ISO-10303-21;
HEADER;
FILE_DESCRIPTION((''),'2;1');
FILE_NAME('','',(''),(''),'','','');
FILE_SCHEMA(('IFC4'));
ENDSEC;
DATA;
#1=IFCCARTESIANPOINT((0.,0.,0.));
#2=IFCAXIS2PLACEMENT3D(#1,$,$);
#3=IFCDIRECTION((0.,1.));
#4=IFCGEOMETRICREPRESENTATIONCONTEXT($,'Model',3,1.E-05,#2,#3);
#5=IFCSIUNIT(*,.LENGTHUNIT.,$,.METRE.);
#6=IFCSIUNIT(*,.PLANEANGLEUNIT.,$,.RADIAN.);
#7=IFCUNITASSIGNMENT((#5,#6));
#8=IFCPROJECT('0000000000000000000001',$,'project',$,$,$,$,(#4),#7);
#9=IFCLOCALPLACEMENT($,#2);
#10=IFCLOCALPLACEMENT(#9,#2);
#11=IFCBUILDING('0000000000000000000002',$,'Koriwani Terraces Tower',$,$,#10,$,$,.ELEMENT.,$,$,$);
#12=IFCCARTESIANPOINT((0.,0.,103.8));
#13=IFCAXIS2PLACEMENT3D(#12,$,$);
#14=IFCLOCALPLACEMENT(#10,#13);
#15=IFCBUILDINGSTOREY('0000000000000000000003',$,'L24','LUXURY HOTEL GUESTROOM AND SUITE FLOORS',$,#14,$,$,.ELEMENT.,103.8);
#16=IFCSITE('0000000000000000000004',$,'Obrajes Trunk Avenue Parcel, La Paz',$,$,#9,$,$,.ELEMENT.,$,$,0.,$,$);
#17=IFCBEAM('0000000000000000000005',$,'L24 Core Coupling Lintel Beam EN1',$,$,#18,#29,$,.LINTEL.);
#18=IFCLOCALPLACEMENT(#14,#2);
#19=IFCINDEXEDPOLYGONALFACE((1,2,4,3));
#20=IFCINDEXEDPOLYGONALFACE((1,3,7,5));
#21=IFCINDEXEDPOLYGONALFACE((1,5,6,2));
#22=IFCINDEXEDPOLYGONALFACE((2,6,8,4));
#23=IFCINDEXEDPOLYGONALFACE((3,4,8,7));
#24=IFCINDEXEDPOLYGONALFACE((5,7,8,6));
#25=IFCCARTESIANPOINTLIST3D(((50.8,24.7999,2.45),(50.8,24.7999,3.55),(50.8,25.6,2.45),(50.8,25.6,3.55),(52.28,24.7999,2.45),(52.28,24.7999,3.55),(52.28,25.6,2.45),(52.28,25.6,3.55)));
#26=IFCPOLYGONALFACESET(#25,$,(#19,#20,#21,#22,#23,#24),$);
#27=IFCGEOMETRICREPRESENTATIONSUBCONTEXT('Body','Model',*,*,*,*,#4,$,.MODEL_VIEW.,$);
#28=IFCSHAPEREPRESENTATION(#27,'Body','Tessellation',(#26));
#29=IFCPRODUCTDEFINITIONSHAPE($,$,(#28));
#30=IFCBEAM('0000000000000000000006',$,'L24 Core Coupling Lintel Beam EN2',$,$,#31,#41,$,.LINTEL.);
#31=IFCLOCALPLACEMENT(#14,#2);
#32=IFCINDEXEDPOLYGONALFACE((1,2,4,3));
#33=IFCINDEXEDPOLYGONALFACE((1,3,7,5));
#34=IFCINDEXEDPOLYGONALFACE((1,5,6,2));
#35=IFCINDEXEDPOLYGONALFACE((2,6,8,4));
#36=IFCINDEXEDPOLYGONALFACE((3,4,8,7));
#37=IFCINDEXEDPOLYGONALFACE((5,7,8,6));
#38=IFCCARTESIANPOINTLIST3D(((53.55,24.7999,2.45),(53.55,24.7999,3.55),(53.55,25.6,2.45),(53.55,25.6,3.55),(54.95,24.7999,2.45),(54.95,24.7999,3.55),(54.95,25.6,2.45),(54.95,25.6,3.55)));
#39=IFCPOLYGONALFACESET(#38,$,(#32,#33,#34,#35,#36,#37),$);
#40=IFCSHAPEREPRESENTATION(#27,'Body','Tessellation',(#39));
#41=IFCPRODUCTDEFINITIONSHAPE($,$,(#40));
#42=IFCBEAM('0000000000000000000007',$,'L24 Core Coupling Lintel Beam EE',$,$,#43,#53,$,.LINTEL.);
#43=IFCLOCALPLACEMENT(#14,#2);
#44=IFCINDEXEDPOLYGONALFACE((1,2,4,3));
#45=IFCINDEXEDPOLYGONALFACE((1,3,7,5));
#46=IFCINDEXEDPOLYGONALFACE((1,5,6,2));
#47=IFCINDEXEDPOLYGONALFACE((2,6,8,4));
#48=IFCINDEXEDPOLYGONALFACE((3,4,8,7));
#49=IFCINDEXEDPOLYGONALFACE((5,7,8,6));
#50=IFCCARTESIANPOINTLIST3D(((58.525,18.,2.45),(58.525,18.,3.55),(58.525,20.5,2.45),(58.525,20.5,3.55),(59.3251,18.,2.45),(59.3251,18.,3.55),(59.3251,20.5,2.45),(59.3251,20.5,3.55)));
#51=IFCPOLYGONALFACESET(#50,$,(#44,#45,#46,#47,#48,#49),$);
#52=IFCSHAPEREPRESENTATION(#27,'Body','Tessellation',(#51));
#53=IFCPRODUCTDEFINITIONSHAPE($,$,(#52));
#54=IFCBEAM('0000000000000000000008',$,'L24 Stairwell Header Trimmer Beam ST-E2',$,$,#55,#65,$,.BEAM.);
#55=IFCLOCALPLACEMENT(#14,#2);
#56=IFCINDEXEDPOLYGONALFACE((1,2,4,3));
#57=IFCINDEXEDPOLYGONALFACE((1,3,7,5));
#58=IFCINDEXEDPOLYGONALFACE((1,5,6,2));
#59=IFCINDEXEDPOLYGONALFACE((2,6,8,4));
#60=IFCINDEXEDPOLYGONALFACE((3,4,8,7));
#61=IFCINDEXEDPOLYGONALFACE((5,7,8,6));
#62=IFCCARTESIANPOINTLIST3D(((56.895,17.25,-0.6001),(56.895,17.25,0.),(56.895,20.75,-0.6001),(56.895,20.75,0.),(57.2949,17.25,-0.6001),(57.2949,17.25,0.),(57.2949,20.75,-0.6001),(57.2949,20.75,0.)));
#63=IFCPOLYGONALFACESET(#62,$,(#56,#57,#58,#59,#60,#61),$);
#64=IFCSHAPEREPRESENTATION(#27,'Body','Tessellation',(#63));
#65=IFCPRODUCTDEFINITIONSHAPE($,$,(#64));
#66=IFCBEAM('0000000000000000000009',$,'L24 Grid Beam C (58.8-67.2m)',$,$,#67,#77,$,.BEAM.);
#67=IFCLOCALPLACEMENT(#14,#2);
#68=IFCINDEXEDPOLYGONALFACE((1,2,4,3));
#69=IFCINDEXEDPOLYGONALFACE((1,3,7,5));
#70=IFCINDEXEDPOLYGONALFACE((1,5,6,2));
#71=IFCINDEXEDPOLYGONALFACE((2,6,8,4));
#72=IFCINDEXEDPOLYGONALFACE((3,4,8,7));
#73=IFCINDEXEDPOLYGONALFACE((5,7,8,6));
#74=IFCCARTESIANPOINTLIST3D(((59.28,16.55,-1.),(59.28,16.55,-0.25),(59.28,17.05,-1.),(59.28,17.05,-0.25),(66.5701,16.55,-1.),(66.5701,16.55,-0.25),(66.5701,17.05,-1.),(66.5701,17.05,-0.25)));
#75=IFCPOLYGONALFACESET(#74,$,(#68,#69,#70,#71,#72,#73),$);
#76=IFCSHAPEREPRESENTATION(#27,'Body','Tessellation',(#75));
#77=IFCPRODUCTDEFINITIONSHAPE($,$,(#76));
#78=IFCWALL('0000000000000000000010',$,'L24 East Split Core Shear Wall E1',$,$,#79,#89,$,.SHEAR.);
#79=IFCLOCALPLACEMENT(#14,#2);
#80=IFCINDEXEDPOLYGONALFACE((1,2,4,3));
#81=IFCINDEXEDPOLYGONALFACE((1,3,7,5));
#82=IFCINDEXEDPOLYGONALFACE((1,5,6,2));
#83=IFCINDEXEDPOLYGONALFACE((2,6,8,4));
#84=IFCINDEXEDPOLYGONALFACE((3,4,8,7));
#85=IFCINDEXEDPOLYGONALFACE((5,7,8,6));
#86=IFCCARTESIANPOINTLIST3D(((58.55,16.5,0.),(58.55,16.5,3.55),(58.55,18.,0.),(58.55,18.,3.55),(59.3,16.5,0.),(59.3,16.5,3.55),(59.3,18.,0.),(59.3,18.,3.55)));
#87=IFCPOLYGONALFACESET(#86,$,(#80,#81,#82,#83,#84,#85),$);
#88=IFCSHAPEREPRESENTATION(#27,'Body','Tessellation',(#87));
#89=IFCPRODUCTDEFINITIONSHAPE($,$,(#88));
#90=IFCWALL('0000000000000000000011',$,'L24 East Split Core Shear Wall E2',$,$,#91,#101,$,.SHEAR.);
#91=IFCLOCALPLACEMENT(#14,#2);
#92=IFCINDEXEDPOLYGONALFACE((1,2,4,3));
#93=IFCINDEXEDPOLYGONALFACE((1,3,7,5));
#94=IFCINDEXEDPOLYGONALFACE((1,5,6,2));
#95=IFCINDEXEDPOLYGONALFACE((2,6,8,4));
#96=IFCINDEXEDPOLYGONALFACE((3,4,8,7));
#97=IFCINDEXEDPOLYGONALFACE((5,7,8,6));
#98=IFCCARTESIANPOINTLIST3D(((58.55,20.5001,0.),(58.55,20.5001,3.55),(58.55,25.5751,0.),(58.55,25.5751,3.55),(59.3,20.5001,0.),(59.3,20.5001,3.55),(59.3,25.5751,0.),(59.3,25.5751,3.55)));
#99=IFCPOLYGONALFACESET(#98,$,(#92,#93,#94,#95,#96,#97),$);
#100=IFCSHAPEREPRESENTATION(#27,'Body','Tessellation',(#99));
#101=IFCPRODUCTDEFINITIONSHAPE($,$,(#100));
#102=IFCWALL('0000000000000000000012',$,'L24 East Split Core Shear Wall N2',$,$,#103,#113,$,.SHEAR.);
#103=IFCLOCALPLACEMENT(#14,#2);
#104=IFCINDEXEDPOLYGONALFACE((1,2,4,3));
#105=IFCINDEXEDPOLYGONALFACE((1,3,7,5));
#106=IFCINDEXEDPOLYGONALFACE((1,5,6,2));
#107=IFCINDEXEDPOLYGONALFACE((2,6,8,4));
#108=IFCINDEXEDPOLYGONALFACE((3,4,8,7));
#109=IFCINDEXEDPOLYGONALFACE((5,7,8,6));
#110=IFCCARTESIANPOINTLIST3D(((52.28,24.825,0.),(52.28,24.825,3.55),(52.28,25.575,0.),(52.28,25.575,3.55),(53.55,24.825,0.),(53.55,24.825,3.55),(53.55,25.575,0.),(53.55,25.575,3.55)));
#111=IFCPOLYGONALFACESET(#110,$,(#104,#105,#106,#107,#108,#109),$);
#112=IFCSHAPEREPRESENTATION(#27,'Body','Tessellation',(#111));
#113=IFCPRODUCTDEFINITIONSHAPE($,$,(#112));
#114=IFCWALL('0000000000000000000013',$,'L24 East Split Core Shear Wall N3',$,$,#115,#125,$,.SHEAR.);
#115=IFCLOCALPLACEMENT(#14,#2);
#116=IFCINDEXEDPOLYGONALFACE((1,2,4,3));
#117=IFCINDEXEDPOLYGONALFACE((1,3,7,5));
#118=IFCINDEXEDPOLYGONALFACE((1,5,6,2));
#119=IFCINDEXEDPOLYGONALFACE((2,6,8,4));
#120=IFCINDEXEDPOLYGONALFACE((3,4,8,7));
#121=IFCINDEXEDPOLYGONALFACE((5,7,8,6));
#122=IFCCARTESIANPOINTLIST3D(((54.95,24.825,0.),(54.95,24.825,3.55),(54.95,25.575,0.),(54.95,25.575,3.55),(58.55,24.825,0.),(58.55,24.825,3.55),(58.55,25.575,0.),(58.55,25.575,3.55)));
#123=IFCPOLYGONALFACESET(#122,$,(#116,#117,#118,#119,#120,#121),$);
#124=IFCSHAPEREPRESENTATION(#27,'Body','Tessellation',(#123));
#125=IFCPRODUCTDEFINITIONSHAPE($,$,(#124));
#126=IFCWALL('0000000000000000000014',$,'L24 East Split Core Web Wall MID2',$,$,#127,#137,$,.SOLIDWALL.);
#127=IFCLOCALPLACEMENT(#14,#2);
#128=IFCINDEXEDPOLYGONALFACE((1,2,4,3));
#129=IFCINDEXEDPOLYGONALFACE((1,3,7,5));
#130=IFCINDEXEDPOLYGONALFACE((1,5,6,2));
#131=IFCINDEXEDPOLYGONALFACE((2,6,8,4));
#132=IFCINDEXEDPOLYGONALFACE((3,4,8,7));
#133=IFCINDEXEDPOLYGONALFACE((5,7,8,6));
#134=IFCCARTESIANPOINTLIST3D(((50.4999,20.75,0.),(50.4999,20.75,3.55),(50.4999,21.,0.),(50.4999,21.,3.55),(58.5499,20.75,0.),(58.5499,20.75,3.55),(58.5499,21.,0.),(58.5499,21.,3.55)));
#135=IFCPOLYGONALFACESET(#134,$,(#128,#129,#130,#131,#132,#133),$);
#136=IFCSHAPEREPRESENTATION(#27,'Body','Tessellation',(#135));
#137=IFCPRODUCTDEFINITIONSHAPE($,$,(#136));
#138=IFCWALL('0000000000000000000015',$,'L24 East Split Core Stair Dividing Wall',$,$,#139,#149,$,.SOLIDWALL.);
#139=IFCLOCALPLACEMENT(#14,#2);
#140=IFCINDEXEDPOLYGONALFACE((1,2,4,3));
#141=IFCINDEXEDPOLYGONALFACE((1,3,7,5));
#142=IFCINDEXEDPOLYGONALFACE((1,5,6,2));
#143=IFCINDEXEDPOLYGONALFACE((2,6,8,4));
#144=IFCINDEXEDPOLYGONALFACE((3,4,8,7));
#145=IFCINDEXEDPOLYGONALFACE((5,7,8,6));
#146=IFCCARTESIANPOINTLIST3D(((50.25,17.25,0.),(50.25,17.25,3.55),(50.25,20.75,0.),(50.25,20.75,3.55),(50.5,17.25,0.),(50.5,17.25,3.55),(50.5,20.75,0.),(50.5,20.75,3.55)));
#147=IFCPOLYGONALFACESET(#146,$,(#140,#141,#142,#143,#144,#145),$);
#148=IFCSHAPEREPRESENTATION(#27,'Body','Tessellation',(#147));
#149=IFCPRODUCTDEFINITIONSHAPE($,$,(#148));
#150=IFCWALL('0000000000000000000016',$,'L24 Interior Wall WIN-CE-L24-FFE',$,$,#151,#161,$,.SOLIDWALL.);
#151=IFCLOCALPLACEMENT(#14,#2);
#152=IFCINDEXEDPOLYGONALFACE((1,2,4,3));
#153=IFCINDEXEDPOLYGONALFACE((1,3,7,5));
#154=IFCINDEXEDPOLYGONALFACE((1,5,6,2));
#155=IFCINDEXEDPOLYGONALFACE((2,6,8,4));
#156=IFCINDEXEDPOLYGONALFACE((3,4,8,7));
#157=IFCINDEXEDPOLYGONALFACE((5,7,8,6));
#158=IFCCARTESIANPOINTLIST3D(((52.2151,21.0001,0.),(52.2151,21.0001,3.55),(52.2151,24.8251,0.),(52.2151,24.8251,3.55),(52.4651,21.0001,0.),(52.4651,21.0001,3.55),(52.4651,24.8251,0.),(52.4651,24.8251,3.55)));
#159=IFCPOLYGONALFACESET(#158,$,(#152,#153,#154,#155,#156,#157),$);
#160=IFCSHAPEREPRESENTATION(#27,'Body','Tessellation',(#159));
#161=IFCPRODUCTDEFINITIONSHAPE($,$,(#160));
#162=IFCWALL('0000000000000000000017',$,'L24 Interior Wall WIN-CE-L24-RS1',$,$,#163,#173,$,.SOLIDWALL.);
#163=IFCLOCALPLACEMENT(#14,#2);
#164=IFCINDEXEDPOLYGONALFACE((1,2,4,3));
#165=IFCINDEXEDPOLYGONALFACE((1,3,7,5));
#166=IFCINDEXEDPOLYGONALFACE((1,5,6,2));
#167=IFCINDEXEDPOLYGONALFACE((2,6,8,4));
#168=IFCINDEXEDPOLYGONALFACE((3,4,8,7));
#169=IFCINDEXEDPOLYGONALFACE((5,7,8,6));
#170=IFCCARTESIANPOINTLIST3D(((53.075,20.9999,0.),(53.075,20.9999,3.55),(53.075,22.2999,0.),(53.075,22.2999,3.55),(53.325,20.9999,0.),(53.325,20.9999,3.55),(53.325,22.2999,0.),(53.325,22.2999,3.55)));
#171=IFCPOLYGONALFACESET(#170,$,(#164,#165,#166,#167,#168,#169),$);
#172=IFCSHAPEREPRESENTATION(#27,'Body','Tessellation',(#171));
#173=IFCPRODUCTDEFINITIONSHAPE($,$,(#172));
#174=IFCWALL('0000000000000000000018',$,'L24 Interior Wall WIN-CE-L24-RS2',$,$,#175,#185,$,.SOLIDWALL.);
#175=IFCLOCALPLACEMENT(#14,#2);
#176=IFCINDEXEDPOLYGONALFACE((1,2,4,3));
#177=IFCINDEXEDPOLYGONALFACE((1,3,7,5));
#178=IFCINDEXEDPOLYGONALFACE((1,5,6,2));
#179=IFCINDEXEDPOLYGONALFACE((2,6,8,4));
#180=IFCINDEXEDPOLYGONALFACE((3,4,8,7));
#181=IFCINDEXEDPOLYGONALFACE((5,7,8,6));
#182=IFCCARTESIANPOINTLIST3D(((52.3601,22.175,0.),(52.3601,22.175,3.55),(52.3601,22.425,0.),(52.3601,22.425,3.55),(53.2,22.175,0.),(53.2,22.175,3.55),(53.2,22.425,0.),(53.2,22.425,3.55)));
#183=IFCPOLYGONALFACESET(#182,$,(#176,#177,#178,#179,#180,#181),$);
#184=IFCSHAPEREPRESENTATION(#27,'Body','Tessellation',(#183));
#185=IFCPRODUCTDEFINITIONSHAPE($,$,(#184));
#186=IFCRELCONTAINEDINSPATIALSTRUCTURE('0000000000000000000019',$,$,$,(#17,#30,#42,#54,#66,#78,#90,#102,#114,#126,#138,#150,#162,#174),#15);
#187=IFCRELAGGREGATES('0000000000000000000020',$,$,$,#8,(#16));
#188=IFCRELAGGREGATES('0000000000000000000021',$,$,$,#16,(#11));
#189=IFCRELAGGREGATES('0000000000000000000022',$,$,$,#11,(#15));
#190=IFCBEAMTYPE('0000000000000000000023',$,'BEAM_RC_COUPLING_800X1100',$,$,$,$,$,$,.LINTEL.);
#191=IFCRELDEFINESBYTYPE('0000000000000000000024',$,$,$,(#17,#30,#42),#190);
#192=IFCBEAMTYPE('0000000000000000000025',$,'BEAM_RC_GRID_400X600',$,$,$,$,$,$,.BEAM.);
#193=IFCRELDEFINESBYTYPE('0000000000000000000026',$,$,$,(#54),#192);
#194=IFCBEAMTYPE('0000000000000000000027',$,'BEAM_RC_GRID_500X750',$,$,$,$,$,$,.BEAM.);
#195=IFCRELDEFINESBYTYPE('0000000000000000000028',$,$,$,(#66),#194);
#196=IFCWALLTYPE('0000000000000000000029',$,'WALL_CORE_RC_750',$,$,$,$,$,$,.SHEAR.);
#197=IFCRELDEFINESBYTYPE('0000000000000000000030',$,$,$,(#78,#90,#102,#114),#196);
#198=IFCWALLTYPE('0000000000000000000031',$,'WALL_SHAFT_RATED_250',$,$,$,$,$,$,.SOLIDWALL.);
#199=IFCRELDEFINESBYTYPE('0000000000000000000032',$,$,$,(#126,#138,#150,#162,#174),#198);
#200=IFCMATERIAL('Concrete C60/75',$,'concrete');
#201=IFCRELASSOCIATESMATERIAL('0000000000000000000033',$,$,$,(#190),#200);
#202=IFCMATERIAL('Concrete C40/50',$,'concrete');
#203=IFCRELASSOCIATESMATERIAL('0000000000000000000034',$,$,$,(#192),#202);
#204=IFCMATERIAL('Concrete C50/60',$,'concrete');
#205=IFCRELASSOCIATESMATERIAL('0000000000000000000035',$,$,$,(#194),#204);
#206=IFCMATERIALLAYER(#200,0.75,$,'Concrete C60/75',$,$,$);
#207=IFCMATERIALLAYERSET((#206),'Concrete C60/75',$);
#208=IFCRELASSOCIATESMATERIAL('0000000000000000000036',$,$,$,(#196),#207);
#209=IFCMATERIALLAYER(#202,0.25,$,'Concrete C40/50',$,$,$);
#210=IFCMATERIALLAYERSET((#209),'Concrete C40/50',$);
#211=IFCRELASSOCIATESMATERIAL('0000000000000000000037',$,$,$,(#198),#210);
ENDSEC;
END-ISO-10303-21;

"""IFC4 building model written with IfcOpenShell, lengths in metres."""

from ifc_helpers import new_model, si_unit, direction, frame, frame_2d, origin, origin_2d, place, context, subcontext, project, spatial, rectangle, extrude, material, layer, layer_set, material_profile, profile_set, type_object, element, save


model = new_model("IFC4")

# Units and contexts
model_context = context("Model", 3, precision=1e-05, world=origin(), true_north=direction((0.0, 1.0)))
body_context = subcontext(model_context, "Body", "Model", "MODEL_VIEW")
ifc_project = project(units=[si_unit("LENGTHUNIT", "METRE"), si_unit("PLANEANGLEUNIT", "RADIAN")], contexts=[model_context])

# Site, building, storey
site_placement = place(None, origin())
site = spatial("IfcSite", under=ifc_project, at=site_placement, Name="Obrajes Trunk Avenue Parcel, La Paz", CompositionType="ELEMENT", RefElevation=0.0)
building_placement = place(site_placement, origin())
building = spatial("IfcBuilding", under=site, at=building_placement, Name="Koriwani Terraces Tower", CompositionType="ELEMENT")
storey_placement = place(building_placement, frame((0.0, 0.0, 103.8)))
storey = spatial("IfcBuildingStorey", under=building, at=storey_placement, Name="L24", Description="LUXURY HOTEL GUESTROOM AND SUITE FLOORS", CompositionType="ELEMENT", Elevation=103.8)

# Beams
ifc_material_1 = material(Name="Concrete C60/75", Category="concrete")
ifc_material_profile_1 = material_profile(ifc_material_1, rectangle(XDim=0.8, YDim=1.1001, at=origin_2d()), Name="Concrete C60/75", Category="LoadBearing")
ifc_profile_set_1 = profile_set([ifc_material_profile_1], Name="Concrete C60/75")
beam_type_1 = type_object("IfcBeamType", Name="BEAM_RC_COUPLING_800X1100", PredefinedType="LINTEL", material=ifc_profile_set_1)
beam_1_placement = place(storey_placement, frame((50.8, 25.2, 3.0), z_axis=(1.0, 0.0, 0.0), x_axis=(0.0, 1.0, 0.0)))
element("IfcBeam", 1, at=beam_1_placement, inside=storey, type_object=beam_type_1, Name="L24 Core Coupling Lintel Beam EN1", PredefinedType="LINTEL", context=body_context, shape_type="SweptSolid", body=[
    extrude(rectangle(XDim=0.8, YDim=1.1001, at=origin_2d()), origin(), (0.0, 0.0, 1.0), 1.48),
])
beam_2_placement = place(storey_placement, frame((53.55, 25.2, 3.0), z_axis=(1.0, 0.0, 0.0), x_axis=(0.0, 1.0, 0.0)))
element("IfcBeam", 2, at=beam_2_placement, inside=storey, type_object=beam_type_1, Name="L24 Core Coupling Lintel Beam EN2", PredefinedType="LINTEL", context=body_context, shape_type="SweptSolid", body=[
    extrude(rectangle(XDim=0.8, YDim=1.1001, at=origin_2d()), origin(), (0.0, 0.0, 1.0), 1.3999),
])
beam_3_placement = place(storey_placement, frame((58.925, 18.0, 3.0), z_axis=(0.0, 1.0, 0.0), x_axis=(-1.0, 0.0, 0.0)))
element("IfcBeam", 3, at=beam_3_placement, inside=storey, type_object=beam_type_1, Name="L24 Core Coupling Lintel Beam EE", PredefinedType="LINTEL", context=body_context, shape_type="SweptSolid", body=[
    extrude(rectangle(XDim=0.8, YDim=1.1001, at=origin_2d()), origin(), (0.0, 0.0, 1.0), 2.5),
])
ifc_material_2 = material(Name="Concrete C40/50", Category="concrete")
ifc_material_profile_2 = material_profile(ifc_material_2, rectangle(XDim=0.3999, YDim=0.6001, at=origin_2d()), Name="Concrete C40/50", Category="LoadBearing")
ifc_profile_set_2 = profile_set([ifc_material_profile_2], Name="Concrete C40/50")
beam_type_2 = type_object("IfcBeamType", Name="BEAM_RC_GRID_400X600", PredefinedType="BEAM", material=ifc_profile_set_2)
beam_4_placement = place(storey_placement, frame((57.095, 17.25, -0.3), z_axis=(0.0, 1.0, 0.0), x_axis=(-1.0, 0.0, 0.0)))
element("IfcBeam", 4, at=beam_4_placement, inside=storey, type_object=beam_type_2, Name="L24 Stairwell Header Trimmer Beam ST-E2", PredefinedType="BEAM", context=body_context, shape_type="SweptSolid", body=[
    extrude(rectangle(XDim=0.3999, YDim=0.6001, at=origin_2d()), origin(), (0.0, 0.0, 1.0), 3.5),
])
ifc_material_3 = material(Name="Concrete C50/60", Category="concrete")
ifc_material_profile_3 = material_profile(ifc_material_3, rectangle(XDim=0.5, YDim=0.75, at=origin_2d()), Name="Concrete C50/60", Category="LoadBearing")
ifc_profile_set_3 = profile_set([ifc_material_profile_3], Name="Concrete C50/60")
beam_type_3 = type_object("IfcBeamType", Name="BEAM_RC_GRID_500X750", PredefinedType="BEAM", material=ifc_profile_set_3)
beam_5_placement = place(storey_placement, frame((59.28, 16.8, -0.625), z_axis=(1.0, 0.0, 0.0), x_axis=(0.0, 1.0, 0.0)))
element("IfcBeam", 5, at=beam_5_placement, inside=storey, type_object=beam_type_3, Name="L24 Grid Beam C (58.8-67.2m)", PredefinedType="BEAM", context=body_context, shape_type="SweptSolid", body=[
    extrude(rectangle(XDim=0.5, YDim=0.75, at=origin_2d()), origin(), (0.0, 0.0, 1.0), 7.29),
])

# Walls
ifc_layer_1 = layer(ifc_material_1, 0.75, Name="Concrete C60/75")
ifc_layer_set_1 = layer_set([ifc_layer_1], Name="Concrete C60/75")
wall_type_1 = type_object("IfcWallType", Name="WALL_CORE_RC_750", PredefinedType="SHEAR", material=ifc_layer_set_1)
wall_1_placement = place(storey_placement, frame((58.925, 16.5, 0.0), z_axis=(0.0, 0.0, 1.0), x_axis=(0.0, 1.0, 0.0)))
element("IfcWall", 6, at=wall_1_placement, inside=storey, type_object=wall_type_1, Name="L24 East Split Core Shear Wall E1", PredefinedType="SHEAR", context=body_context, shape_type="SweptSolid", body=[
    extrude(rectangle(XDim=1.5, YDim=0.75, at=frame_2d((0.75, 0.0))), origin(), (0.0, 0.0, 1.0), 3.55),
])
wall_2_placement = place(storey_placement, frame((58.925, 20.5, 0.0), z_axis=(0.0, 0.0, 1.0), x_axis=(0.0, 1.0, 0.0)))
element("IfcWall", 7, at=wall_2_placement, inside=storey, type_object=wall_type_1, Name="L24 East Split Core Shear Wall E2", PredefinedType="SHEAR", context=body_context, shape_type="SweptSolid", body=[
    extrude(rectangle(XDim=5.075, YDim=0.75, at=frame_2d((2.5376, 0.0))), origin(), (0.0, 0.0, 1.0), 3.55),
])
wall_3_placement = place(storey_placement, frame((52.28, 25.2, 0.0), z_axis=(0.0, 0.0, 1.0), x_axis=(1.0, 0.0, 0.0)))
element("IfcWall", 8, at=wall_3_placement, inside=storey, type_object=wall_type_1, Name="L24 East Split Core Shear Wall N2", PredefinedType="SHEAR", context=body_context, shape_type="SweptSolid", body=[
    extrude(rectangle(XDim=1.27, YDim=0.75, at=frame_2d((0.635, 0.0))), origin(), (0.0, 0.0, 1.0), 3.55),
])
wall_4_placement = place(storey_placement, frame((54.95, 25.2, 0.0), z_axis=(0.0, 0.0, 1.0), x_axis=(1.0, 0.0, 0.0)))
element("IfcWall", 9, at=wall_4_placement, inside=storey, type_object=wall_type_1, Name="L24 East Split Core Shear Wall N3", PredefinedType="SHEAR", context=body_context, shape_type="SweptSolid", body=[
    extrude(rectangle(XDim=3.6001, YDim=0.75, at=frame_2d((1.8, 0.0))), origin(), (0.0, 0.0, 1.0), 3.55),
])
ifc_layer_2 = layer(ifc_material_2, 0.25, Name="Concrete C40/50")
ifc_layer_set_2 = layer_set([ifc_layer_2], Name="Concrete C40/50")
wall_type_2 = type_object("IfcWallType", Name="WALL_SHAFT_RATED_250", PredefinedType="SOLIDWALL", material=ifc_layer_set_2)
wall_5_placement = place(storey_placement, frame((50.5, 20.875, 0.0), z_axis=(0.0, 0.0, 1.0), x_axis=(1.0, 0.0, 0.0)))
element("IfcWall", 10, at=wall_5_placement, inside=storey, type_object=wall_type_2, Name="L24 East Split Core Web Wall MID2", PredefinedType="SOLIDWALL", context=body_context, shape_type="SweptSolid", body=[
    extrude(rectangle(XDim=8.05, YDim=0.25, at=frame_2d((4.0249, 0.0))), origin(), (0.0, 0.0, 1.0), 3.55),
])
wall_6_placement = place(storey_placement, frame((50.375, 17.25, 0.0), z_axis=(0.0, 0.0, 1.0), x_axis=(0.0, 1.0, 0.0)))
element("IfcWall", 11, at=wall_6_placement, inside=storey, type_object=wall_type_2, Name="L24 East Split Core Stair Dividing Wall", PredefinedType="SOLIDWALL", context=body_context, shape_type="SweptSolid", body=[
    extrude(rectangle(XDim=3.5, YDim=0.25, at=frame_2d((1.75, 0.0))), origin(), (0.0, 0.0, 1.0), 3.55),
])

# Wall
wall_7_placement = place(storey_placement, frame((52.3401, 21.0, 0.0), z_axis=(0.0, 0.0, 1.0), x_axis=(0.0, 1.0, 0.0)))
element("IfcWall", 12, at=wall_7_placement, inside=storey, type_object=wall_type_2, Name="L24 Interior Wall WIN-CE-L24-FFE", PredefinedType="SOLIDWALL", context=body_context, shape_type="SweptSolid", body=[
    extrude(rectangle(XDim=3.825, YDim=0.25, at=frame_2d((1.9126, 0.0))), origin(), (0.0, 0.0, 1.0), 3.55),
])

# Walls
wall_8_placement = place(storey_placement, frame((53.2, 21.0, 0.0), z_axis=(0.0, 0.0, 1.0), x_axis=(0.0, 1.0, 0.0)))
element("IfcWall", 13, at=wall_8_placement, inside=storey, type_object=wall_type_2, Name="L24 Interior Wall WIN-CE-L24-RS1", PredefinedType="SOLIDWALL", context=body_context, shape_type="SweptSolid", body=[
    extrude(rectangle(XDim=1.3, YDim=0.25, at=frame_2d((0.6499, 0.0))), origin(), (0.0, 0.0, 1.0), 3.55),
])
wall_9_placement = place(storey_placement, frame((52.3601, 22.3, 0.0), z_axis=(0.0, 0.0, 1.0), x_axis=(1.0, 0.0, 0.0)))
element("IfcWall", 14, at=wall_9_placement, inside=storey, type_object=wall_type_2, Name="L24 Interior Wall WIN-CE-L24-RS2", PredefinedType="SOLIDWALL", context=body_context, shape_type="SweptSolid", body=[
    extrude(rectangle(XDim=0.8398, YDim=0.25, at=frame_2d((0.4199, 0.0))), origin(), (0.0, 0.0, 1.0), 3.55),
])

save(model, "model.ifc")
